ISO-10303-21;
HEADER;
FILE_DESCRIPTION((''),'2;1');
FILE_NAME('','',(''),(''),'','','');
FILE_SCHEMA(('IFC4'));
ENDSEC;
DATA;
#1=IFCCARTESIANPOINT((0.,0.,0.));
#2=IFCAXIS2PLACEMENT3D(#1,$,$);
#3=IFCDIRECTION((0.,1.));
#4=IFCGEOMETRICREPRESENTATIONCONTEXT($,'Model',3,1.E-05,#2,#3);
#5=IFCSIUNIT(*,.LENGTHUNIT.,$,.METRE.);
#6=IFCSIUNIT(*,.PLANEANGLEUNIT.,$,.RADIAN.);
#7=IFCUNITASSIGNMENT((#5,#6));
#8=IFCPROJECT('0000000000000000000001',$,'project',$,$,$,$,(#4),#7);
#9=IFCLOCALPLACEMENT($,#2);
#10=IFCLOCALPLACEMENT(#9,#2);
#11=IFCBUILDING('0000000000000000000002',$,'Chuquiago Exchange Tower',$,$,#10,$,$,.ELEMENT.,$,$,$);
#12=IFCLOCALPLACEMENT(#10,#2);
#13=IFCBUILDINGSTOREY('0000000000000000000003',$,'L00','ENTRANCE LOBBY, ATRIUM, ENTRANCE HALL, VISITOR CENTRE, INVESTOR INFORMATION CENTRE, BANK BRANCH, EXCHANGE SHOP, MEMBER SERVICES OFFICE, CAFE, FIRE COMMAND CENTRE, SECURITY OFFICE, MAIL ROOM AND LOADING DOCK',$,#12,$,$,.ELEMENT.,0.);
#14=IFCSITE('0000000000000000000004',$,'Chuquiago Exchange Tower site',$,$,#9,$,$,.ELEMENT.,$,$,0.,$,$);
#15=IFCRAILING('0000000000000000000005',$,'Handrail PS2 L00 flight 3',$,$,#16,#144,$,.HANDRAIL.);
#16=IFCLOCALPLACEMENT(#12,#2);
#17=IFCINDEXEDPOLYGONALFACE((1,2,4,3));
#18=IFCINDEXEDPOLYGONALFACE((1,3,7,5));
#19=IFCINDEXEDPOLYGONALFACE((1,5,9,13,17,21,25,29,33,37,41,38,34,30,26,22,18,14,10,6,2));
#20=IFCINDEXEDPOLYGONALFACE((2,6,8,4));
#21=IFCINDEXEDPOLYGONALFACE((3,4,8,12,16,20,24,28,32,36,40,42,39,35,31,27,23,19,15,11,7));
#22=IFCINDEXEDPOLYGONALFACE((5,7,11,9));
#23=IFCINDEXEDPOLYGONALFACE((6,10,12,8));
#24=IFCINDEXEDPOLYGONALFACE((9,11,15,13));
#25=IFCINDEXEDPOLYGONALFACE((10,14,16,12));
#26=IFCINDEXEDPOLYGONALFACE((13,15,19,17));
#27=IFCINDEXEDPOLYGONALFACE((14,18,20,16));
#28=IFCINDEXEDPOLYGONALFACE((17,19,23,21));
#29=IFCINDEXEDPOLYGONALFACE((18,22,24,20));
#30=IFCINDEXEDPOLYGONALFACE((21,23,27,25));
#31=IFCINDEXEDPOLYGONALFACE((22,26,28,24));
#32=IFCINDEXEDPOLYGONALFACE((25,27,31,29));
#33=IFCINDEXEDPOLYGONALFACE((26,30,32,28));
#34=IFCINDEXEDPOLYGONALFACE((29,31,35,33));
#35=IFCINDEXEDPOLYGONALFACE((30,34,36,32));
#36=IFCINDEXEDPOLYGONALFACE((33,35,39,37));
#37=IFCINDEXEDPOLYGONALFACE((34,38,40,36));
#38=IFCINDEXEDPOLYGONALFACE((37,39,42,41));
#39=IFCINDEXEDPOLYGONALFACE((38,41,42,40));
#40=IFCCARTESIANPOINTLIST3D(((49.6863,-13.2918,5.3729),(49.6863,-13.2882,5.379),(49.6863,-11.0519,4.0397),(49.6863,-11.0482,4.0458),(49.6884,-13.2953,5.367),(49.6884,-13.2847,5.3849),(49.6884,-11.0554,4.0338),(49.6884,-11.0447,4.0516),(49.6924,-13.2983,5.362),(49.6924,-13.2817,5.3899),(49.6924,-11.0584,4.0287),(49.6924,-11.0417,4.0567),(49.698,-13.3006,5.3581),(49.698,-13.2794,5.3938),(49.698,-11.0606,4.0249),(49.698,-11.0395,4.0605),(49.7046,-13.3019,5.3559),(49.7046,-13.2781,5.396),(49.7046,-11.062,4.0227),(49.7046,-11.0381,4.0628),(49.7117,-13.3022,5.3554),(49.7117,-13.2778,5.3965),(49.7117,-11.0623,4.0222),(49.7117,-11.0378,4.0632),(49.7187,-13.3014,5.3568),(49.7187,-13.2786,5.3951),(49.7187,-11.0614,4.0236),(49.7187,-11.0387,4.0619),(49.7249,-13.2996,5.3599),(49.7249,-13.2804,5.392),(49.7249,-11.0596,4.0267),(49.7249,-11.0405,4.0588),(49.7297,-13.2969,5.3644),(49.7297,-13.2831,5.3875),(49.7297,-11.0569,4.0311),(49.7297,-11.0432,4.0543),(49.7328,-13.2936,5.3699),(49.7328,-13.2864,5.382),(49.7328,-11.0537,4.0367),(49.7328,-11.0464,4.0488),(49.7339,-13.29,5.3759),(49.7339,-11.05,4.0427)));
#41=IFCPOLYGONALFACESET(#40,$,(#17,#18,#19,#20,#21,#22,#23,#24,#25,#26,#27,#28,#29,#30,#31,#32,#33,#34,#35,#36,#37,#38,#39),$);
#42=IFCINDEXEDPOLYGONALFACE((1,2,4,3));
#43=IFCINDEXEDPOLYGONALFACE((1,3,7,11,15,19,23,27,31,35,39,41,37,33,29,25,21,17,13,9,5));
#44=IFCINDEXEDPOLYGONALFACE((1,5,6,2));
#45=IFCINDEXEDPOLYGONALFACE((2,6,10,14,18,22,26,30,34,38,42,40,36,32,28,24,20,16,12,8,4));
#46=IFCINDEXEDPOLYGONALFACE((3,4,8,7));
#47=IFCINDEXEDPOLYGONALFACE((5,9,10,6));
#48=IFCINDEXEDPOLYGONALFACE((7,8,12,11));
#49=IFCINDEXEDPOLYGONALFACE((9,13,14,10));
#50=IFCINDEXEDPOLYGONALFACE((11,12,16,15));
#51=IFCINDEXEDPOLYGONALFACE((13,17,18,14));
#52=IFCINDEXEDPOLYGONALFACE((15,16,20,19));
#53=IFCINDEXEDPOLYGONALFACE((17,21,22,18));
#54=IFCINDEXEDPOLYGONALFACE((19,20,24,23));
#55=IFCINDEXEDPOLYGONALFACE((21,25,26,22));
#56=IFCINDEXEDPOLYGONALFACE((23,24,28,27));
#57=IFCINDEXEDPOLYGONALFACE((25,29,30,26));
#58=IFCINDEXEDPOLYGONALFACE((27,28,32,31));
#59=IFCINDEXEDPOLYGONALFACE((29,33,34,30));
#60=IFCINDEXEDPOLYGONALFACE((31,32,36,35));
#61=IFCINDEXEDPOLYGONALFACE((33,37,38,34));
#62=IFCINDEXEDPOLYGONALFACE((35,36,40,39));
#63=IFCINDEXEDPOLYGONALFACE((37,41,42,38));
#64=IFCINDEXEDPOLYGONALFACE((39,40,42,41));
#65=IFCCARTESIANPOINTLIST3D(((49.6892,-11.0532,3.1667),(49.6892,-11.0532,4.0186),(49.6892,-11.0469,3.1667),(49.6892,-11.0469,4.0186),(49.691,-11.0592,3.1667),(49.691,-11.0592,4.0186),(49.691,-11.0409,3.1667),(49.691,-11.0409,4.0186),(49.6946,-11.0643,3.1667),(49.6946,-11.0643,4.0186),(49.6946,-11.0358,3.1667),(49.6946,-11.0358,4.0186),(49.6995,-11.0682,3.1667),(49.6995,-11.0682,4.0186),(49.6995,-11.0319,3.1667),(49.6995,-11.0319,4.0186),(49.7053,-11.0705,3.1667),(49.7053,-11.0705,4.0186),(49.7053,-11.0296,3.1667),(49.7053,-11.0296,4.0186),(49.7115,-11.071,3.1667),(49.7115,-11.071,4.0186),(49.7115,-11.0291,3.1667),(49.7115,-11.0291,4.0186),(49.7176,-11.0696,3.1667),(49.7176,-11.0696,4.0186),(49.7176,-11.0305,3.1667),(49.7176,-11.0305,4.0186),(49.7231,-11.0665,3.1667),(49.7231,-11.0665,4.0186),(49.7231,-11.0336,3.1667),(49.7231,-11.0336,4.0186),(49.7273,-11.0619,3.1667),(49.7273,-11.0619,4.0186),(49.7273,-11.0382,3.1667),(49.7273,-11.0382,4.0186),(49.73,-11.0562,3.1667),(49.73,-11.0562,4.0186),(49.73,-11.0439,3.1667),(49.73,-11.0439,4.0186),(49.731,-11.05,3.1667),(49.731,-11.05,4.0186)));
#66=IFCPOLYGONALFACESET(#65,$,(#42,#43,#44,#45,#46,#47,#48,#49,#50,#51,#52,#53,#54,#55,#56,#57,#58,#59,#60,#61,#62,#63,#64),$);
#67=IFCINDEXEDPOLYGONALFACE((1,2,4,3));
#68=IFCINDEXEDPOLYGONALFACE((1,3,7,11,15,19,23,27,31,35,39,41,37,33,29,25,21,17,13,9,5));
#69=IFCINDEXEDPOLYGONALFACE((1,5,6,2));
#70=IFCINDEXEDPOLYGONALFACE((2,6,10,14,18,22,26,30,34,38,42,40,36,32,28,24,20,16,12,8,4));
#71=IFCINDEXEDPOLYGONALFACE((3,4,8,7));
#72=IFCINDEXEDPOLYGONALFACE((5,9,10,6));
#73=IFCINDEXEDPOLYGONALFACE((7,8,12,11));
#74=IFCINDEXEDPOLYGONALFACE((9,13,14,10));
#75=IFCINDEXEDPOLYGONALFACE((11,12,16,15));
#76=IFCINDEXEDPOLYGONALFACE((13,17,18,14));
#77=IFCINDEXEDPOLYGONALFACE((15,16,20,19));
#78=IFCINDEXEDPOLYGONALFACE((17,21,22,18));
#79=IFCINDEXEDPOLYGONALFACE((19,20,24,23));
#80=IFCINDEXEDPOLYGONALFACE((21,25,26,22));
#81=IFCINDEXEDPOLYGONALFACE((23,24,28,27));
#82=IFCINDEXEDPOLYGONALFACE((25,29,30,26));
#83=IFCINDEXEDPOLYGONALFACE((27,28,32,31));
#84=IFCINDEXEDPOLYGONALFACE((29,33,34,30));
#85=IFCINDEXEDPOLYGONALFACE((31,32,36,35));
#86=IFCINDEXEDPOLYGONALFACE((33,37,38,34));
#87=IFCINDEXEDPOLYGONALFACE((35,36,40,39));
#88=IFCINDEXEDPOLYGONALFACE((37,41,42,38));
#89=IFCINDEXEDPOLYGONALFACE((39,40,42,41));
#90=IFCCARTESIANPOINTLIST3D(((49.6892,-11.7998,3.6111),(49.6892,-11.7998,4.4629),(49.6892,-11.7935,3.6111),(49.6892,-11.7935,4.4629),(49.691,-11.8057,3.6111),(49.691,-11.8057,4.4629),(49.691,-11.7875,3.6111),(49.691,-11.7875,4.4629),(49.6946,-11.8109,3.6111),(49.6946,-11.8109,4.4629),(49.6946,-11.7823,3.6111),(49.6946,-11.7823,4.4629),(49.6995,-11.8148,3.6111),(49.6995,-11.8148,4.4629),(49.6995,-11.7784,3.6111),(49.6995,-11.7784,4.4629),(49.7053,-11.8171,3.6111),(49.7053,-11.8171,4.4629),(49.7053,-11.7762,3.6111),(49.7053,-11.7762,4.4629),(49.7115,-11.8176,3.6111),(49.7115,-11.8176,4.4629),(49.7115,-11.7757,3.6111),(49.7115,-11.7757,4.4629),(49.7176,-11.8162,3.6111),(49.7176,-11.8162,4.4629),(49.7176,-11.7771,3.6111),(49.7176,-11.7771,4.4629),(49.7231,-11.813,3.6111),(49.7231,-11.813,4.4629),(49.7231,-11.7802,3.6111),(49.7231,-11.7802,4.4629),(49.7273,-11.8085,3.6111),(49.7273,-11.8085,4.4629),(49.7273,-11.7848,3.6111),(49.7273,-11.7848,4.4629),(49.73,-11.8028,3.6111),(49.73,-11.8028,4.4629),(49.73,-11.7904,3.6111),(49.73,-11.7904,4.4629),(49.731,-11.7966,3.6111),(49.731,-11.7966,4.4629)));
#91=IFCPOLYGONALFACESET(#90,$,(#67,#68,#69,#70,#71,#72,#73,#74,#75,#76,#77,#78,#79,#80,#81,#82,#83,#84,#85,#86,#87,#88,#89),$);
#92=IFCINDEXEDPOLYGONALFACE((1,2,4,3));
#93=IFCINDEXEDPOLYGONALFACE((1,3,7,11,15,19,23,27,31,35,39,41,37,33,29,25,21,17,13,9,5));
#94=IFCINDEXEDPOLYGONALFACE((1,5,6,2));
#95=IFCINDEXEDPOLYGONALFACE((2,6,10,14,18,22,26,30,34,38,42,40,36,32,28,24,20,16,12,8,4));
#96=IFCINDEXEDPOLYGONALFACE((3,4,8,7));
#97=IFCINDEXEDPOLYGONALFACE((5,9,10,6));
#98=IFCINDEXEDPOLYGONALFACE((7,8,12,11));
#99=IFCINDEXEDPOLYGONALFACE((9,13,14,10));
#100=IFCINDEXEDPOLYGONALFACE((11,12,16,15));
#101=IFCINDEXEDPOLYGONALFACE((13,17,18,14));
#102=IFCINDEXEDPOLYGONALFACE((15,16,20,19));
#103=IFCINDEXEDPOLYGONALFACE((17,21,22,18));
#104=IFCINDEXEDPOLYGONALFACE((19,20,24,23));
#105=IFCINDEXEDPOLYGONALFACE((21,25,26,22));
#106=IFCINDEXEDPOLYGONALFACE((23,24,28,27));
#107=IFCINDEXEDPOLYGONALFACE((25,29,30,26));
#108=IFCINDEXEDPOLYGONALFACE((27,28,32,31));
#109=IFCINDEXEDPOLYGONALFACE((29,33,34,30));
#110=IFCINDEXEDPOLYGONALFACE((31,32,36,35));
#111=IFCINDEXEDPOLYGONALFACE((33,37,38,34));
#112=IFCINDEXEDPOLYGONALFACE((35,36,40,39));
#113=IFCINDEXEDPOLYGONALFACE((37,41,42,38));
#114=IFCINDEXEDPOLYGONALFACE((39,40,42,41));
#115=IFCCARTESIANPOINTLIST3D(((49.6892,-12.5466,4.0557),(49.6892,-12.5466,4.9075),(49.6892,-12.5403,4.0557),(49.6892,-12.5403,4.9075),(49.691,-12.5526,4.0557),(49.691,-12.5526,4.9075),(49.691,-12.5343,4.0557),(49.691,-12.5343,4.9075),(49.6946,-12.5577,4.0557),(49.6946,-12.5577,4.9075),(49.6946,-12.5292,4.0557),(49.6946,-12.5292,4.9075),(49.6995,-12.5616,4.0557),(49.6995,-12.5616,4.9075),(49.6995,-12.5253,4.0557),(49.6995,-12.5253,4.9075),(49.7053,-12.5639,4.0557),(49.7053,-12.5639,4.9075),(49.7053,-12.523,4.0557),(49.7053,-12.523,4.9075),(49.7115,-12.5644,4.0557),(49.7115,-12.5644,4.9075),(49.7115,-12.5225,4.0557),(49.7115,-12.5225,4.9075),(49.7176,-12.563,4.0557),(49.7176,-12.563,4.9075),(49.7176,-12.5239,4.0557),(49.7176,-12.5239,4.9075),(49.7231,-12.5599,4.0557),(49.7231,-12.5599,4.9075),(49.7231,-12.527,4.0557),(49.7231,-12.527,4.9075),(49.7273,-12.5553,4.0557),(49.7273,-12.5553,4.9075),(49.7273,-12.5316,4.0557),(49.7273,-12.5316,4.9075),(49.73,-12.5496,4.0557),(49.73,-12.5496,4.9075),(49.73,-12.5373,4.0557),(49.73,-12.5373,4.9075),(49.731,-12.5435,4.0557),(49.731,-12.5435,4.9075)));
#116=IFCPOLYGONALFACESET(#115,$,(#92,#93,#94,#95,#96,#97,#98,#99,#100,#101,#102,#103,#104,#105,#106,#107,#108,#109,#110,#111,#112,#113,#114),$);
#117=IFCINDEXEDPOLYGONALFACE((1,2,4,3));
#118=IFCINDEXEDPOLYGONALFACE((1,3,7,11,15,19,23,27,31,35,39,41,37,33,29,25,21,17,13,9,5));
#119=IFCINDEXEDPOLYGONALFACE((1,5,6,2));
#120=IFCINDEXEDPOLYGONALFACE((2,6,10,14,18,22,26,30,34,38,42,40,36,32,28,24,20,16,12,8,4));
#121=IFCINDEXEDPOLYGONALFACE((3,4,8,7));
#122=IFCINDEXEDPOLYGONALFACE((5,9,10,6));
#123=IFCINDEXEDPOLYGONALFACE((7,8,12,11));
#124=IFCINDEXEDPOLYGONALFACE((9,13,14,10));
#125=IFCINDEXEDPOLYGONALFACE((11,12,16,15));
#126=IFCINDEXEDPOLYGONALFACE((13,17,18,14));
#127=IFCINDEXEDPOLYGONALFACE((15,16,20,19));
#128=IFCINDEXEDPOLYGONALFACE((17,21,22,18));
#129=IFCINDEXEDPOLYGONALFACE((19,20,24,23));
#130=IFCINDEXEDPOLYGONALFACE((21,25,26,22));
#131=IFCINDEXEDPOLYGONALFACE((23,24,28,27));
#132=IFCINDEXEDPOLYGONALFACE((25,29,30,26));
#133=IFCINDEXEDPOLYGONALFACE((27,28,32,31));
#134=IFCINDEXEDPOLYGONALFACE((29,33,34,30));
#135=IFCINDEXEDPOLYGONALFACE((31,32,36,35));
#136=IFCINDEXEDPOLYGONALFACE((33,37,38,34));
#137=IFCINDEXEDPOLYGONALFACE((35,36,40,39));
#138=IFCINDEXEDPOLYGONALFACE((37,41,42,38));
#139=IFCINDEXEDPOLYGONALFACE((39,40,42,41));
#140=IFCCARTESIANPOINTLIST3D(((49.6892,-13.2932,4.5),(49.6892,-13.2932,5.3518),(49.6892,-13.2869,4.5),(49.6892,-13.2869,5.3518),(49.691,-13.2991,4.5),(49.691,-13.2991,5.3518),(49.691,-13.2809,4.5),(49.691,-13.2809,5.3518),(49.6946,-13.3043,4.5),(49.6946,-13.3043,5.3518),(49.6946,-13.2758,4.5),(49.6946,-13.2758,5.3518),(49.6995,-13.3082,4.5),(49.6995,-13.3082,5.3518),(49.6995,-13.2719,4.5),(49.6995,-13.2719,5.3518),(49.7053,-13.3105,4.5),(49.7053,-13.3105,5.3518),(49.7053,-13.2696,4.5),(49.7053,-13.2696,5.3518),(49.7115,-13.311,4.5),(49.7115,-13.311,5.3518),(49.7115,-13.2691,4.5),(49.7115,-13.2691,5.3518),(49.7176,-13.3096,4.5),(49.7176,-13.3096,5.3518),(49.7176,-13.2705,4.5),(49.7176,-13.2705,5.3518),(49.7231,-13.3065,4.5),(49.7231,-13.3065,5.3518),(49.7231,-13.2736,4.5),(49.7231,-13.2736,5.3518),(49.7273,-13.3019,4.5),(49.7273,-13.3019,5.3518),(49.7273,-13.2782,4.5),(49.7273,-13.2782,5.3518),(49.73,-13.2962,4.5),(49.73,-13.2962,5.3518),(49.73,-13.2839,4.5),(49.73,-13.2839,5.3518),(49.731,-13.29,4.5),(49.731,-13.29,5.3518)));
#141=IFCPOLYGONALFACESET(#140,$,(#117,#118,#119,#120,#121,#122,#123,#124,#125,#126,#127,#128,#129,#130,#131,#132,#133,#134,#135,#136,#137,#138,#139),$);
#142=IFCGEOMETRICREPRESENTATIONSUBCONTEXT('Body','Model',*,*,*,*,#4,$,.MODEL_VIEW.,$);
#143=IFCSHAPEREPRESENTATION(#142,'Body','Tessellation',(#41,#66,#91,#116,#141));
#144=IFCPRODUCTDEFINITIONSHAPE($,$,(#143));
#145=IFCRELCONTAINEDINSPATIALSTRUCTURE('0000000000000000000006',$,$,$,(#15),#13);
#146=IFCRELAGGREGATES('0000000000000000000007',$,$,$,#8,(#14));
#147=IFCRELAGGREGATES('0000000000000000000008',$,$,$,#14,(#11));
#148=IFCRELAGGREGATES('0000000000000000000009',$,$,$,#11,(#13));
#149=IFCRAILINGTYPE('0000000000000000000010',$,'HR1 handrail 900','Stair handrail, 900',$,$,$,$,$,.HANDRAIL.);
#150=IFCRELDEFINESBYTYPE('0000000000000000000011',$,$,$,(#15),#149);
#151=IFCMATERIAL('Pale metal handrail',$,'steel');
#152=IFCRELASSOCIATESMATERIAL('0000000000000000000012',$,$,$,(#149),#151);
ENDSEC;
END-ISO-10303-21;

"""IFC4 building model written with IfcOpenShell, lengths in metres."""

from ifc_helpers import new_model, si_unit, direction, frame, origin, origin_2d, place, context, subcontext, project, spatial, circle, extrude, material, type_object, element, save


model = new_model("IFC4")

# Units and contexts
model_context = context("Model", 3, precision=1e-05, world=origin(), true_north=direction((0.0, 1.0)))
body_context = subcontext(model_context, "Body", "Model", "MODEL_VIEW")
ifc_project = project(units=[si_unit("LENGTHUNIT", "METRE"), si_unit("PLANEANGLEUNIT", "RADIAN")], contexts=[model_context])

# Site, building, storey
site_placement = place(None, origin())
site = spatial("IfcSite", under=ifc_project, at=site_placement, Name="Chuquiago Exchange Tower site", CompositionType="ELEMENT", RefElevation=0.0)
building_placement = place(site_placement, origin())
building = spatial("IfcBuilding", under=site, at=building_placement, Name="Chuquiago Exchange Tower", CompositionType="ELEMENT")
storey_placement = place(building_placement, origin())
storey = spatial("IfcBuildingStorey", under=building, at=storey_placement, Name="L00", Description="ENTRANCE LOBBY, ATRIUM, ENTRANCE HALL, VISITOR CENTRE, INVESTOR INFORMATION CENTRE, BANK BRANCH, EXCHANGE SHOP, MEMBER SERVICES OFFICE, CAFE, FIRE COMMAND CENTRE, SECURITY OFFICE, MAIL ROOM AND LOADING DOCK", CompositionType="ELEMENT", Elevation=0.0)

# Railing
ifc_material_1 = material(Name="Pale metal handrail", Category="steel")
railing_type = type_object("IfcRailingType", Name="HR1 handrail 900", Description="Stair handrail, 900", PredefinedType="HANDRAIL", material=ifc_material_1)
for number, where, name in (
    (1, (49.71, -11.05, 3.1667), "Handrail PS2 L00 flight 3"),
):
    element("IfcRailing", number, at=place(storey_placement, frame(where)), inside=storey, type_object=railing_type, Name=name, PredefinedType="HANDRAIL", context=body_context, shape_type="SweptSolid", body=[
        extrude(circle(Radius=0.0239, at=origin_2d()), frame((0.0, 0.0, 0.876), z_axis=(0.0, -0.859306, 0.511462), x_axis=(1.0, 0.0, 0.0)), (0.0, 0.0, 1.0), 2.6067),
        extrude(circle(Radius=0.021, at=origin_2d()), origin(), (0.0, 0.0, 1.0), 0.8518),
        extrude(circle(Radius=0.021, at=origin_2d()), frame((0.0, -0.7466, 0.4443)), (0.0, 0.0, 1.0), 0.8518),
        extrude(circle(Radius=0.021, at=origin_2d()), frame((0.0, -1.4934, 0.8889)), (0.0, 0.0, 1.0), 0.8518),
        extrude(circle(Radius=0.021, at=origin_2d()), frame((0.0, -2.24, 1.3333)), (0.0, 0.0, 1.0), 0.8518),
    ])

save(model, "model.ifc")
